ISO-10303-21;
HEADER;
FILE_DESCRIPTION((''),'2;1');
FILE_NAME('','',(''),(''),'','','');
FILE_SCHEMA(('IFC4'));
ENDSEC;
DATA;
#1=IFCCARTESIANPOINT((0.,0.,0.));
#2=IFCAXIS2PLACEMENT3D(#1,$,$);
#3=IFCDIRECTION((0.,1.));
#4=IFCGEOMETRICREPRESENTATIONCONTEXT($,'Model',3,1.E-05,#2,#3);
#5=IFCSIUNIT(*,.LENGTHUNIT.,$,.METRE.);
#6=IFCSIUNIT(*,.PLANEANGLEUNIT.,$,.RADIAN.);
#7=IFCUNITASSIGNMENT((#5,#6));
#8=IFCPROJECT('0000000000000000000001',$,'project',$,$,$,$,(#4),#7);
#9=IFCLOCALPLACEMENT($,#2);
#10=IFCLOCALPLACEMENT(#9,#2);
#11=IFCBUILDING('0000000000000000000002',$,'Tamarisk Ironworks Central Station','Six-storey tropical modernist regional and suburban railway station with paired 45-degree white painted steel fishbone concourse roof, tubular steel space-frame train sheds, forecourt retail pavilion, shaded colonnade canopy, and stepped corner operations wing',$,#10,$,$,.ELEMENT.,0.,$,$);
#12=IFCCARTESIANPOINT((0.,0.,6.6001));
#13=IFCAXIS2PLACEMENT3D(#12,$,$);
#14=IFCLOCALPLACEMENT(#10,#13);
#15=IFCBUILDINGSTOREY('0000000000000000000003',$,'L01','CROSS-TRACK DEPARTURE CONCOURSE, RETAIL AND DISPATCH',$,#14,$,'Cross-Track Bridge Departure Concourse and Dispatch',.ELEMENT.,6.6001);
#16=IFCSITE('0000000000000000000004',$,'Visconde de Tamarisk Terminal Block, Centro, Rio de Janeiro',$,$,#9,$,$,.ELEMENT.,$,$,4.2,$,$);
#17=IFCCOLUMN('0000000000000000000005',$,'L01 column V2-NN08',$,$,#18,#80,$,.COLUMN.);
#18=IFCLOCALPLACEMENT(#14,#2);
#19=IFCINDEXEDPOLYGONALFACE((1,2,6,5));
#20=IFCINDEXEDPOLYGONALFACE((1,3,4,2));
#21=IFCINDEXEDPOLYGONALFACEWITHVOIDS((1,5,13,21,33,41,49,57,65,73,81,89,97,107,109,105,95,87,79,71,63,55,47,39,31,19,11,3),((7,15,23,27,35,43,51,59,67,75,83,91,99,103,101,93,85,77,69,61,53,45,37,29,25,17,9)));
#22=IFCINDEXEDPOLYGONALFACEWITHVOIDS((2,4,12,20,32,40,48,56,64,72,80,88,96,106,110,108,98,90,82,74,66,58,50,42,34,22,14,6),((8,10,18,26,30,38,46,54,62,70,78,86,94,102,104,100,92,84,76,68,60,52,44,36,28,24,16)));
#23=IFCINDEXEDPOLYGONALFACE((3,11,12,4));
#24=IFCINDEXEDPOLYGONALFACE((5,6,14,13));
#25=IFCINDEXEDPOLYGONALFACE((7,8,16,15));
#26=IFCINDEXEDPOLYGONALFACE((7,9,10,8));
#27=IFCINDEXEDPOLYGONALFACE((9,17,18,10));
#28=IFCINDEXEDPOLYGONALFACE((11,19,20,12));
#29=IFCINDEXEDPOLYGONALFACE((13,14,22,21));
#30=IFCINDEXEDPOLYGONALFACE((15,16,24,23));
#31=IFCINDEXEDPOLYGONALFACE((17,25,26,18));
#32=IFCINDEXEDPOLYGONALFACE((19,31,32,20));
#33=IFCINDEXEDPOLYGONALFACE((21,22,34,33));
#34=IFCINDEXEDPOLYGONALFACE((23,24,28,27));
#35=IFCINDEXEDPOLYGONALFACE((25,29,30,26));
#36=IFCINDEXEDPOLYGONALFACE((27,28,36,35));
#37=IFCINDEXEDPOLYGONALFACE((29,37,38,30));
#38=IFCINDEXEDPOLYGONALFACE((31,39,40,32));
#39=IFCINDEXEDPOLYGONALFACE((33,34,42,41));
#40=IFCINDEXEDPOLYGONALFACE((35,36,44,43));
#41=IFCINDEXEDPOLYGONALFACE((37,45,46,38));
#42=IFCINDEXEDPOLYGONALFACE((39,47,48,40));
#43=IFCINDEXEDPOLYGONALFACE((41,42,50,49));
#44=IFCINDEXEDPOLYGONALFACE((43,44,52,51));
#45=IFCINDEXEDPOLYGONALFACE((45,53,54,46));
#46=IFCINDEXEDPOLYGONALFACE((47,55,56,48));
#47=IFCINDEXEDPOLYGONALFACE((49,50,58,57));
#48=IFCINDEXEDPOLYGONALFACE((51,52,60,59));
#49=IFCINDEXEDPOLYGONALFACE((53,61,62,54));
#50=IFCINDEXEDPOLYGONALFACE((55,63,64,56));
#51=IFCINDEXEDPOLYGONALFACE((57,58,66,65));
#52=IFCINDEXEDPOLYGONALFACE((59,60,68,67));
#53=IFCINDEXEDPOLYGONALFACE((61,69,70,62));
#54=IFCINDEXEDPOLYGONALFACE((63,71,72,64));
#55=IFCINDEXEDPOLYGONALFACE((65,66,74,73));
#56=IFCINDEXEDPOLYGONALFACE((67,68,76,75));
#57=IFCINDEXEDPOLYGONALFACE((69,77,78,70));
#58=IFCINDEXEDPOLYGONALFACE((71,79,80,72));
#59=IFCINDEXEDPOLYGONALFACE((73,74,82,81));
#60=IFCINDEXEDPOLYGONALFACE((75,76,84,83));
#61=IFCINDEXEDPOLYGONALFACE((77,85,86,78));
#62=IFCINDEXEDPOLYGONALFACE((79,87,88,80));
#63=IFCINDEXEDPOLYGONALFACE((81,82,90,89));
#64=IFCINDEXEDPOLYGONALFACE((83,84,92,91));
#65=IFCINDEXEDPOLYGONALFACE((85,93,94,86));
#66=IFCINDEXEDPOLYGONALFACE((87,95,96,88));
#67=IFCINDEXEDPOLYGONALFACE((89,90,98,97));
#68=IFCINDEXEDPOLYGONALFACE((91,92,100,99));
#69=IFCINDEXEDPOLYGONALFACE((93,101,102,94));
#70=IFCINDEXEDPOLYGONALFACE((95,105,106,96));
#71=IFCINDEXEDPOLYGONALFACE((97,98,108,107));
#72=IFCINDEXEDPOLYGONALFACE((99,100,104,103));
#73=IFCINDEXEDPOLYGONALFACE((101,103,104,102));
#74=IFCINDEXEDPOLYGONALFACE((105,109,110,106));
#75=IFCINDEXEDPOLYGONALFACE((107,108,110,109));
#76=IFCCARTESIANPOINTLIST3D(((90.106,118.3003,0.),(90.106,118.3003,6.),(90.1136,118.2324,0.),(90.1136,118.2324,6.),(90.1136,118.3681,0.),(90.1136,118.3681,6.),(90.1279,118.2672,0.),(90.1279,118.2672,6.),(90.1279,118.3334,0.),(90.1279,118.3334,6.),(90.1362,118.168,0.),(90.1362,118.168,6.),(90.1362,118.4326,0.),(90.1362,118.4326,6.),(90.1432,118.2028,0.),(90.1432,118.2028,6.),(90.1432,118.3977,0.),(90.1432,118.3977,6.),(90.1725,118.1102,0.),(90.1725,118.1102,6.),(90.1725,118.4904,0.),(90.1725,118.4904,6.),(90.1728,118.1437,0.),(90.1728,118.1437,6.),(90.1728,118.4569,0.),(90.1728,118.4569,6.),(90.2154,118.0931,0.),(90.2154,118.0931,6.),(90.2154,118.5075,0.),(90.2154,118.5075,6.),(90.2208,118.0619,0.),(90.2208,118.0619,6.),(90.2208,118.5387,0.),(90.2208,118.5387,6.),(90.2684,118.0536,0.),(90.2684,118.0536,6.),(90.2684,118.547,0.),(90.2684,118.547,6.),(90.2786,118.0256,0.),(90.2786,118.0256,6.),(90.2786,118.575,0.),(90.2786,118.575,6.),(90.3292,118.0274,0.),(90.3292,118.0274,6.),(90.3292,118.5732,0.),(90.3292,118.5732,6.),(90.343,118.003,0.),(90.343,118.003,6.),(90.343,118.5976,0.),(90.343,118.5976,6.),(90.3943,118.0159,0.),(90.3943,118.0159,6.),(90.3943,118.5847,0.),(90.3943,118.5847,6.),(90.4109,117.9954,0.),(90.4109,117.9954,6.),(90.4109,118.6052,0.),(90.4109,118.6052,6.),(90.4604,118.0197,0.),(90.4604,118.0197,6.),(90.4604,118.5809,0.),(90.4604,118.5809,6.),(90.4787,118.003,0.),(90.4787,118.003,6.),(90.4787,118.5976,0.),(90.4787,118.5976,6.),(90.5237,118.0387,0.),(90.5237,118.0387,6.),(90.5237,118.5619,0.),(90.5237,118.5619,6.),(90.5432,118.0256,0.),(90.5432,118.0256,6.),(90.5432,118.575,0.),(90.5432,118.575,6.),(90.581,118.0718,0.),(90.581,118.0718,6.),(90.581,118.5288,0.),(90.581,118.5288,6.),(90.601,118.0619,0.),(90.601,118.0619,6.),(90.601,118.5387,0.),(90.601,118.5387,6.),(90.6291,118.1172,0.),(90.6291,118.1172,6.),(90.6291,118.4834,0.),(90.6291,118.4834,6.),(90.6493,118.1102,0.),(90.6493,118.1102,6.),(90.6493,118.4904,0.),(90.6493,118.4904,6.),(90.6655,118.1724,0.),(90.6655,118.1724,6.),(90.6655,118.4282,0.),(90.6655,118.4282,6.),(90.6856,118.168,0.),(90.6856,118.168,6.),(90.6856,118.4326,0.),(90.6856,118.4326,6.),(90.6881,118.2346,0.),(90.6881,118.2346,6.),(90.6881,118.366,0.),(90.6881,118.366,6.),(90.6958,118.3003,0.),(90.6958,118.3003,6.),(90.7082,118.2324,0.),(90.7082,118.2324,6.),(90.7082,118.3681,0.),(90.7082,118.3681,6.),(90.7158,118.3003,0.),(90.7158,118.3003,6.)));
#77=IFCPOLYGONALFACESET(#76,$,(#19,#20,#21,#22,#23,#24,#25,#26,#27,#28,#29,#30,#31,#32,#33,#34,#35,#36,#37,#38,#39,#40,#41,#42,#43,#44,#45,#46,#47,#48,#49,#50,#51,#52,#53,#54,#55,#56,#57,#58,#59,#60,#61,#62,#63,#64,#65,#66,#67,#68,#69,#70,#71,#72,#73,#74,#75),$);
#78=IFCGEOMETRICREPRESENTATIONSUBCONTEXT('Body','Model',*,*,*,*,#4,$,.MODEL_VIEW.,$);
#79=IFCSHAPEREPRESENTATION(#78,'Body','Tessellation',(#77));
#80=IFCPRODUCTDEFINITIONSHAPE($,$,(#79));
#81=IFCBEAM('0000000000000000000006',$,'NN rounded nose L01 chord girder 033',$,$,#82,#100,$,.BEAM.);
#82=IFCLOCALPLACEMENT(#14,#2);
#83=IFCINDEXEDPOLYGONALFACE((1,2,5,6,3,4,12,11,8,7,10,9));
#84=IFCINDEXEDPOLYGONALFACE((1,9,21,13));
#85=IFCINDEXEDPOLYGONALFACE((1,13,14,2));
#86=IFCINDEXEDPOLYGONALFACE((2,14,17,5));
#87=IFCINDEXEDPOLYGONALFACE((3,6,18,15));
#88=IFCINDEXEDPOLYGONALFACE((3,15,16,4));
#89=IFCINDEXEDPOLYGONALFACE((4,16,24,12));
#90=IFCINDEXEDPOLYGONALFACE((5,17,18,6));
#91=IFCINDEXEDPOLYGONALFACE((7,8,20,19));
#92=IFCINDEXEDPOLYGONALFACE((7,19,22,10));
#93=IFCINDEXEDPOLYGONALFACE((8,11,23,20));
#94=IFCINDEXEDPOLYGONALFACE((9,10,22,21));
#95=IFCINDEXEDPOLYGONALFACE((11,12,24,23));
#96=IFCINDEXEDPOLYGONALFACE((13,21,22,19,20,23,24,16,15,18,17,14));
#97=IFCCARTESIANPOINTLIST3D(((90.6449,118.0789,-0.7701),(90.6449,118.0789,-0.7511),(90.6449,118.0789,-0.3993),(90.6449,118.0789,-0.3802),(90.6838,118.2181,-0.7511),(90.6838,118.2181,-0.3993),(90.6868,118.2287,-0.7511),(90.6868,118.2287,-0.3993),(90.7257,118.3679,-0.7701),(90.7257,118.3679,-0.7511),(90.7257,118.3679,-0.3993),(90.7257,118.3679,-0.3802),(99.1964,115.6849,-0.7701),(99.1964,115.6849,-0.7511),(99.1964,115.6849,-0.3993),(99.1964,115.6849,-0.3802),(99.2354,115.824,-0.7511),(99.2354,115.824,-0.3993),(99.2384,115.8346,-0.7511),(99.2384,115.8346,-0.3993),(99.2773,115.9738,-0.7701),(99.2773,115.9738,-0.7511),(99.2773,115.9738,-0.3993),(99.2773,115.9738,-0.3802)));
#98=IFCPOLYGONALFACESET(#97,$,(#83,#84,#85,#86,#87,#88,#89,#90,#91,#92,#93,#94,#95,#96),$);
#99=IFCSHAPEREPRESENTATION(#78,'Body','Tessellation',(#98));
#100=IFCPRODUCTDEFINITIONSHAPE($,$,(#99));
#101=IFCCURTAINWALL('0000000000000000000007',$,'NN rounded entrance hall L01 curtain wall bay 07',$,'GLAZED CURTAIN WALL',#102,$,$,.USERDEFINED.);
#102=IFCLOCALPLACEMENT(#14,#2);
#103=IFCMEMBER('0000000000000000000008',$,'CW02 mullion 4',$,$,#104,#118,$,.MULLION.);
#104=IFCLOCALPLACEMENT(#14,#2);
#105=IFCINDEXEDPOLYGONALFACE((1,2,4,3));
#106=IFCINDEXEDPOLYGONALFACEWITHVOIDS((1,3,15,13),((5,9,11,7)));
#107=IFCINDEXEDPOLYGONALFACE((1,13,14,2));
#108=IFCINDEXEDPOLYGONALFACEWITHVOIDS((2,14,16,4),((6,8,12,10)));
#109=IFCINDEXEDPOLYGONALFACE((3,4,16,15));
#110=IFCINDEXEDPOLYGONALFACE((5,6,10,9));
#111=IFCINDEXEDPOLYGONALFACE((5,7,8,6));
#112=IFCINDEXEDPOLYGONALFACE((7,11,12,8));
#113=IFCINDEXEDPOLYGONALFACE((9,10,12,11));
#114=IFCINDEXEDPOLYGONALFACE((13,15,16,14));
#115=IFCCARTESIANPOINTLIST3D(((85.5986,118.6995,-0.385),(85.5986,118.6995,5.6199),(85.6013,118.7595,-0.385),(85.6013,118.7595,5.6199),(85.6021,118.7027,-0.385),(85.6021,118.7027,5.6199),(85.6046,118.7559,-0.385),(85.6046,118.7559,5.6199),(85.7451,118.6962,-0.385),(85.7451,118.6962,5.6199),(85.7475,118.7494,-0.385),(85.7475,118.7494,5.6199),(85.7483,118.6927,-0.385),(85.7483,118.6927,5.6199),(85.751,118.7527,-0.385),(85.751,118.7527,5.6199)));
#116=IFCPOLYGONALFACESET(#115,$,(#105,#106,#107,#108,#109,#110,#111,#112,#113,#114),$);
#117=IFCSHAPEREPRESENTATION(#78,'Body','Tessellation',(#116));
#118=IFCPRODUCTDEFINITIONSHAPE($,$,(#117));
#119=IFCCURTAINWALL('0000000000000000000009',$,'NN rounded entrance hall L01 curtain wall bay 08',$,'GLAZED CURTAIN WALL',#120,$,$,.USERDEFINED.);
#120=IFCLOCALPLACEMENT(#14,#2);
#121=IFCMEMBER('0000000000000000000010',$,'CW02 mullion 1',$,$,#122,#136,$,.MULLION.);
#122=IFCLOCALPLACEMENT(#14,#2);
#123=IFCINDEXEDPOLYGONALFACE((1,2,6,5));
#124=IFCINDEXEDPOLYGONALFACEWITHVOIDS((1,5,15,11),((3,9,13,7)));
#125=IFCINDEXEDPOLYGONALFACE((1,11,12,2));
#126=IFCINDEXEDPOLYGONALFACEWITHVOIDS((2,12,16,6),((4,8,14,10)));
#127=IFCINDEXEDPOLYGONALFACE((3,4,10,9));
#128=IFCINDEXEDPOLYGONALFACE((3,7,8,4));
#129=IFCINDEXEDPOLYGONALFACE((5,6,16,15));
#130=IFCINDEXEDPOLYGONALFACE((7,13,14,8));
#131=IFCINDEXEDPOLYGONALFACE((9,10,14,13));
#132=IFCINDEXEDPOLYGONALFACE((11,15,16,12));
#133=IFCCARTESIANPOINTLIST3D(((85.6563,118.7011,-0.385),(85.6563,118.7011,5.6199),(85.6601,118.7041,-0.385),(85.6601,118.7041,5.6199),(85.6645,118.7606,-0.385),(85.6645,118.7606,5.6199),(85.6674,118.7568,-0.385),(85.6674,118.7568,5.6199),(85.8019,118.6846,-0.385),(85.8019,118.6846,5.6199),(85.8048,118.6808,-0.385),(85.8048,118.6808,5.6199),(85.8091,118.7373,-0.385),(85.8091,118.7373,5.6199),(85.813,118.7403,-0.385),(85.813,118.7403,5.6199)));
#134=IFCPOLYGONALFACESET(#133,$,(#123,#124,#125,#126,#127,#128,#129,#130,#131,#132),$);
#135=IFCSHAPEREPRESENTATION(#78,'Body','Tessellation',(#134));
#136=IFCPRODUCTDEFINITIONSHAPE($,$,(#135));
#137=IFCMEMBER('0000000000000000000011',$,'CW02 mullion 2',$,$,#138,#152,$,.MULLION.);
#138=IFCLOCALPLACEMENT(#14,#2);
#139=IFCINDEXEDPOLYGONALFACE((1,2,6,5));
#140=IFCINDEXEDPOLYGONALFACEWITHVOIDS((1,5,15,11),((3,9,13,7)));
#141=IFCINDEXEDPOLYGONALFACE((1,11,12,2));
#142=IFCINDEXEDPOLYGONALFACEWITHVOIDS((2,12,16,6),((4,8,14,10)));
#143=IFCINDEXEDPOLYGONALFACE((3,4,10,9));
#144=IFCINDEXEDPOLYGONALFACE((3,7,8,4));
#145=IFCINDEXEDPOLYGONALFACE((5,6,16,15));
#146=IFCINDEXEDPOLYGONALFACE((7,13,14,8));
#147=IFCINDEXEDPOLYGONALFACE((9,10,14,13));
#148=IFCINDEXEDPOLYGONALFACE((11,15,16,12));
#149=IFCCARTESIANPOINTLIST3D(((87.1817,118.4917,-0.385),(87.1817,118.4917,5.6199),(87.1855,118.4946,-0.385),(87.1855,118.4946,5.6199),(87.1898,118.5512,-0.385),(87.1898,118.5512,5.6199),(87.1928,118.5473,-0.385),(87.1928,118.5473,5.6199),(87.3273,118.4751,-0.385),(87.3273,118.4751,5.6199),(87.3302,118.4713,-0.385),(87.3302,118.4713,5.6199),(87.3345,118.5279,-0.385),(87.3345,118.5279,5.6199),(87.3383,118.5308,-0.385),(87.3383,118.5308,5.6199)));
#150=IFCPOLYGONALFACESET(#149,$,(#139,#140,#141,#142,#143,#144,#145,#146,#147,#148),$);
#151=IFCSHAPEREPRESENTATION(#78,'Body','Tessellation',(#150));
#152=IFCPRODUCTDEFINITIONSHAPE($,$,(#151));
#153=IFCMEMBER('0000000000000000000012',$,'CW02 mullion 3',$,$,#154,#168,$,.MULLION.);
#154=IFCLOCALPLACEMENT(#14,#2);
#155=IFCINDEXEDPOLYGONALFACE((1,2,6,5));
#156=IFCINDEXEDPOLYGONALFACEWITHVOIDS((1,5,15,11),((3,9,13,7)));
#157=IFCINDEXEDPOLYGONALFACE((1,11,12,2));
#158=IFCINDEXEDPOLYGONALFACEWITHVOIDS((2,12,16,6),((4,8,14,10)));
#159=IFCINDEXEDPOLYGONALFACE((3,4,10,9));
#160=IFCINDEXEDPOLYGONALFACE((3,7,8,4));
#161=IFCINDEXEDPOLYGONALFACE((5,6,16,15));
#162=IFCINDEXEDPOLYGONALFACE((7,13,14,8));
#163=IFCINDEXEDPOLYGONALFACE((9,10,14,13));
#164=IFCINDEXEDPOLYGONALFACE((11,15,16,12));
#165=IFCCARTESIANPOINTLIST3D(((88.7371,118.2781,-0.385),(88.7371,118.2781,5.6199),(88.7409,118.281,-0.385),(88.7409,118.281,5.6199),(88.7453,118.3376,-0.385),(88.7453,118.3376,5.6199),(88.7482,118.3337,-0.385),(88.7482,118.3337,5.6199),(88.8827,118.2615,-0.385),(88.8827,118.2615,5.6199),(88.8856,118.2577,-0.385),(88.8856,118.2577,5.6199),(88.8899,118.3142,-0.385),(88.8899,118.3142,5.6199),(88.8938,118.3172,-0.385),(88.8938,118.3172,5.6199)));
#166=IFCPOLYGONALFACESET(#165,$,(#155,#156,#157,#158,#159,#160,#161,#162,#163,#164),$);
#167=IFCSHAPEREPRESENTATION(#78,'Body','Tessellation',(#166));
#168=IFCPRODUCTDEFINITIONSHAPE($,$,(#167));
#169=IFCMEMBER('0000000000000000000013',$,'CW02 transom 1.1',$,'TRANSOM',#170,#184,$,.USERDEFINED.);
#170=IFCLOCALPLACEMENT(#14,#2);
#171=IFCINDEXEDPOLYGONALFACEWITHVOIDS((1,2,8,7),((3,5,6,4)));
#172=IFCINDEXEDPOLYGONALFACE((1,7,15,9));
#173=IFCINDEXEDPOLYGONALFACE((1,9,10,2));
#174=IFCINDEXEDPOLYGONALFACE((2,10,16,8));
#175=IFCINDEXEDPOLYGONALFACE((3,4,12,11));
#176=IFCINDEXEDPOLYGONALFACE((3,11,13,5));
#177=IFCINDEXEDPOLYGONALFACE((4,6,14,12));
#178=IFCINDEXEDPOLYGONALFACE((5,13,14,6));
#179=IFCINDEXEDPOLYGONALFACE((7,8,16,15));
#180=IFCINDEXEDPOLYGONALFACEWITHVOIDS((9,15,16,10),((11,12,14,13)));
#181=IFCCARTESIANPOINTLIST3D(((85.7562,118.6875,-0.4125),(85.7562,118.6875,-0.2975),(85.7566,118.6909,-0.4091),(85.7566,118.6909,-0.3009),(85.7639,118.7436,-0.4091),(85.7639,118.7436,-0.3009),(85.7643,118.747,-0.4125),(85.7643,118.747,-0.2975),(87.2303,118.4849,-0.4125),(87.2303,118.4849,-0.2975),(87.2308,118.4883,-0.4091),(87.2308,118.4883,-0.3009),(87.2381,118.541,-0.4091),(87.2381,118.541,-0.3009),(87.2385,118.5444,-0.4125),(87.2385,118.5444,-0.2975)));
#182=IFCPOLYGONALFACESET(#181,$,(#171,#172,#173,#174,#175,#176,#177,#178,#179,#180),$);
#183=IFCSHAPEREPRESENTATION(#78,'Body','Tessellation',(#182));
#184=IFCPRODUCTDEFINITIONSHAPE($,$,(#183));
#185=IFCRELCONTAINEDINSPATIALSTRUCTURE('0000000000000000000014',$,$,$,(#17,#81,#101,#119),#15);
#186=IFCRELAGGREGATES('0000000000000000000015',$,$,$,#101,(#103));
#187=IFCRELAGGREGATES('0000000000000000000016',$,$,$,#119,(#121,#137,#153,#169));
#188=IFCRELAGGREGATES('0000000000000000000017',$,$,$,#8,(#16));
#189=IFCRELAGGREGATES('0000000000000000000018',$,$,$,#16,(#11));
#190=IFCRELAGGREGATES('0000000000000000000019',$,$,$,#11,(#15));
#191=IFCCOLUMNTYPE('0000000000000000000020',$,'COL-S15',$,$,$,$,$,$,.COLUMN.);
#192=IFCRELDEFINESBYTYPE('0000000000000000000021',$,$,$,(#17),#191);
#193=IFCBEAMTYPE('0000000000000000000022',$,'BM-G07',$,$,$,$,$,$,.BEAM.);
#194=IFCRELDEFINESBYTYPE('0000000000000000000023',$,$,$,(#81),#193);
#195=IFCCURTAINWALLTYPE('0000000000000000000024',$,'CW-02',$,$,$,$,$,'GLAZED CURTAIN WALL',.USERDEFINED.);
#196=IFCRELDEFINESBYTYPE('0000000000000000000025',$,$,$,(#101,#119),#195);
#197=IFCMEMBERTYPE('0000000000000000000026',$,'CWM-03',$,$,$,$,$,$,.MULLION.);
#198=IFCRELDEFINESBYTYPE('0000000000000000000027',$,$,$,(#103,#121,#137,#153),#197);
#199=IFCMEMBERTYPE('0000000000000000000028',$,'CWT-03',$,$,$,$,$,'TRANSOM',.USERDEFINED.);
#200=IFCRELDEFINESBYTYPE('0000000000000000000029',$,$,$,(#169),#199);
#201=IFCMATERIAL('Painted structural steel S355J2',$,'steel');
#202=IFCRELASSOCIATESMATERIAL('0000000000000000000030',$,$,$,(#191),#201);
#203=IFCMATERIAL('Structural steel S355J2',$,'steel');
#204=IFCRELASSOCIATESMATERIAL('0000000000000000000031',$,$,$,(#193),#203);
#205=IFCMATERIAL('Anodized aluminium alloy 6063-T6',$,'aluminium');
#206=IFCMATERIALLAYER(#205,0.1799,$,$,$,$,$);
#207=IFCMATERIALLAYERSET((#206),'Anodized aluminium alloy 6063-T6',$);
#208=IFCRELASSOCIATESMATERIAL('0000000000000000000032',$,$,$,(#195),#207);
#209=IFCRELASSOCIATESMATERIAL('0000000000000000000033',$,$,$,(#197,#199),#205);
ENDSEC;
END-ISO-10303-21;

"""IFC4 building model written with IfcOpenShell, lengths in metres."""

from ifc_helpers import new_model, si_unit, direction, frame, origin, origin_2d, place, context, subcontext, project, spatial, hollow_rectangle, hollow_circle, i_section, extrude, material, layer, layer_set, material_profile, profile_set, type_object, element, aggregate, save


model = new_model("IFC4")

# Units and contexts
model_context = context("Model", 3, precision=1e-05, world=origin(), true_north=direction((0.0, 1.0)))
body_context = subcontext(model_context, "Body", "Model", "MODEL_VIEW")
ifc_project = project(units=[si_unit("LENGTHUNIT", "METRE"), si_unit("PLANEANGLEUNIT", "RADIAN")], contexts=[model_context])

# Site, building, storey
site_placement = place(None, origin())
site = spatial("IfcSite", under=ifc_project, at=site_placement, Name="Visconde de Tamarisk Terminal Block, Centro, Rio de Janeiro", CompositionType="ELEMENT", RefElevation=4.2)
building_placement = place(site_placement, origin())
building = spatial("IfcBuilding", under=site, at=building_placement, Name="Tamarisk Ironworks Central Station", Description="Six-storey tropical modernist regional and suburban railway station with paired 45-degree white painted steel fishbone concourse roof, tubular steel space-frame train sheds, forecourt retail pavilion, shaded colonnade canopy, and stepped corner operations wing", CompositionType="ELEMENT", ElevationOfRefHeight=0.0)
storey_placement = place(building_placement, frame((0.0, 0.0, 6.6001)))
storey = spatial("IfcBuildingStorey", under=building, at=storey_placement, Name="L01", Description="CROSS-TRACK DEPARTURE CONCOURSE, RETAIL AND DISPATCH", LongName="Cross-Track Bridge Departure Concourse and Dispatch", CompositionType="ELEMENT", Elevation=6.6001)

# Column
ifc_material_1 = material(Name="Painted structural steel S355J2", Category="steel")
ifc_material_profile_1 = material_profile(ifc_material_1, hollow_circle(Radius=0.3049, WallThickness=0.02, at=origin_2d()), Name="CHS 610x20")
ifc_profile_set_1 = profile_set([ifc_material_profile_1], Name="Painted structural steel S355J2")
column_type = type_object("IfcColumnType", Name="COL-S15", PredefinedType="COLUMN", material=ifc_profile_set_1)
column_placement = place(storey_placement, frame((90.4109, 118.3003, 0.0), z_axis=(0.0, 0.0, 1.0), x_axis=(1.0, 0.0, 0.0)))
element("IfcColumn", 1, at=column_placement, inside=storey, type_object=column_type, Name="L01 column V2-NN08", PredefinedType="COLUMN", context=body_context, shape_type="SweptSolid", body=[
    extrude(hollow_circle(Radius=0.3049, WallThickness=0.02, at=origin_2d()), origin(), (0.0, 0.0, 1.0), 6.0),
])

# Beam
ifc_material_2 = material(Name="Structural steel S355J2", Category="steel")
ifc_material_profile_2 = material_profile(ifc_material_2, i_section(OverallWidth=0.3, OverallDepth=0.3899, WebThickness=0.011, FlangeThickness=0.019, at=origin_2d()), Name="HEA 400")
ifc_profile_set_2 = profile_set([ifc_material_profile_2], Name="Structural steel S355J2")
beam_type = type_object("IfcBeamType", Name="BM-G07", PredefinedType="BEAM", material=ifc_profile_set_2)
beam_placement = place(storey_placement, frame((90.6853, 118.2234, -0.5752), z_axis=(0.962975, -0.26959, 0.0), x_axis=(0.26959, 0.962975, 0.0)))
element("IfcBeam", 2, at=beam_placement, inside=storey, type_object=beam_type, Name="NN rounded nose L01 chord girder 033", PredefinedType="BEAM", context=body_context, shape_type="SweptSolid", body=[
    extrude(i_section(OverallWidth=0.3, OverallDepth=0.3899, WebThickness=0.011, FlangeThickness=0.019, at=origin_2d()), origin(), (0.0, 0.0, 1.0), 8.8804),
])

# Curtain wall, member
ifc_material_3 = material(Name="Anodized aluminium alloy 6063-T6", Category="aluminium")
ifc_layer_1 = layer(ifc_material_3, 0.1799)
ifc_layer_set_1 = layer_set([ifc_layer_1], Name="Anodized aluminium alloy 6063-T6")
curtain_wall_type = type_object("IfcCurtainWallType", Name="CW-02", ElementType="GLAZED CURTAIN WALL", PredefinedType="USERDEFINED", material=ifc_layer_set_1)
curtain_wall_1_placement = place(storey_placement, origin())
curtain_wall_1 = element("IfcCurtainWall", 3, at=curtain_wall_1_placement, inside=storey, type_object=curtain_wall_type, Name="NN rounded entrance hall L01 curtain wall bay 07", ObjectType="GLAZED CURTAIN WALL", PredefinedType="USERDEFINED")
ifc_material_profile_3 = material_profile(ifc_material_3, hollow_rectangle(XDim=0.0601, YDim=0.1499, WallThickness=0.0034, at=origin_2d()), Name="ALUM 150x60")
ifc_profile_set_3 = profile_set([ifc_material_profile_3], Name="Anodized aluminium alloy 6063-T6")
member_type_1 = type_object("IfcMemberType", Name="CWM-03", PredefinedType="MULLION", material=ifc_profile_set_3)
member_1_placement = place(storey_placement, frame((85.6748, 118.7261, -0.385), z_axis=(0.0, 0.0, 1.0), x_axis=(0.045481, 0.998965, 0.0)))
member_1 = element("IfcMember", 4, at=member_1_placement, type_object=member_type_1, Name="CW02 mullion 4", PredefinedType="MULLION", context=body_context, shape_type="SweptSolid", body=[
    extrude(hollow_rectangle(XDim=0.0601, YDim=0.1499, WallThickness=0.0034, at=origin_2d()), origin(), (0.0, 0.0, 1.0), 6.0049),
])

# Curtain wall, members
curtain_wall_2_placement = place(storey_placement, origin())
curtain_wall_2 = element("IfcCurtainWall", 5, at=curtain_wall_2_placement, inside=storey, type_object=curtain_wall_type, Name="NN rounded entrance hall L01 curtain wall bay 08", ObjectType="GLAZED CURTAIN WALL", PredefinedType="USERDEFINED")
member_2_placement = place(storey_placement, frame((85.7346, 118.7207, -0.385), z_axis=(0.0, 0.0, 1.0), x_axis=(0.136042, 0.990703, 0.0)))
member_2 = element("IfcMember", 6, at=member_2_placement, type_object=member_type_1, Name="CW02 mullion 1", PredefinedType="MULLION", context=body_context, shape_type="SweptSolid", body=[
    extrude(hollow_rectangle(XDim=0.0601, YDim=0.1499, WallThickness=0.0034, at=origin_2d()), origin(), (0.0, 0.0, 1.0), 6.0049),
])
member_3_placement = place(storey_placement, frame((87.26, 118.5112, -0.385), z_axis=(0.0, 0.0, 1.0), x_axis=(0.136042, 0.990703, 0.0)))
member_3 = element("IfcMember", 7, at=member_3_placement, type_object=member_type_1, Name="CW02 mullion 2", PredefinedType="MULLION", context=body_context, shape_type="SweptSolid", body=[
    extrude(hollow_rectangle(XDim=0.0601, YDim=0.1499, WallThickness=0.0034, at=origin_2d()), origin(), (0.0, 0.0, 1.0), 6.0049),
])
member_4_placement = place(storey_placement, frame((88.8154, 118.2976, -0.385), z_axis=(0.0, 0.0, 1.0), x_axis=(0.136042, 0.990703, 0.0)))
member_4 = element("IfcMember", 8, at=member_4_placement, type_object=member_type_1, Name="CW02 mullion 3", PredefinedType="MULLION", context=body_context, shape_type="SweptSolid", body=[
    extrude(hollow_rectangle(XDim=0.0601, YDim=0.1499, WallThickness=0.0034, at=origin_2d()), origin(), (0.0, 0.0, 1.0), 6.0049),
])
ifc_material_profile_4 = material_profile(ifc_material_3, hollow_rectangle(XDim=0.0601, YDim=0.115, WallThickness=0.0034, at=origin_2d()), Name="ALUM 115x60")
ifc_profile_set_4 = profile_set([ifc_material_profile_4], Name="Anodized aluminium alloy 6063-T6")
member_type_2 = type_object("IfcMemberType", Name="CWT-03", ElementType="TRANSOM", PredefinedType="USERDEFINED", material=ifc_profile_set_4)
member_5_placement = place(storey_placement, frame((85.7603, 118.7173, -0.355), z_axis=(0.990684, -0.136182, 0.0), x_axis=(0.136182, 0.990684, 0.0)))
member_5 = element("IfcMember", 9, at=member_5_placement, type_object=member_type_2, Name="CW02 transom 1.1", ObjectType="TRANSOM", PredefinedType="USERDEFINED", context=body_context, shape_type="SweptSolid", body=[
    extrude(hollow_rectangle(XDim=0.0601, YDim=0.115, WallThickness=0.0034, at=origin_2d()), origin(), (0.0, 0.0, 1.0), 1.488),
])

aggregate(curtain_wall_1, [member_1])
aggregate(curtain_wall_2, [member_2, member_3, member_4, member_5])

save(model, "model.ifc")
